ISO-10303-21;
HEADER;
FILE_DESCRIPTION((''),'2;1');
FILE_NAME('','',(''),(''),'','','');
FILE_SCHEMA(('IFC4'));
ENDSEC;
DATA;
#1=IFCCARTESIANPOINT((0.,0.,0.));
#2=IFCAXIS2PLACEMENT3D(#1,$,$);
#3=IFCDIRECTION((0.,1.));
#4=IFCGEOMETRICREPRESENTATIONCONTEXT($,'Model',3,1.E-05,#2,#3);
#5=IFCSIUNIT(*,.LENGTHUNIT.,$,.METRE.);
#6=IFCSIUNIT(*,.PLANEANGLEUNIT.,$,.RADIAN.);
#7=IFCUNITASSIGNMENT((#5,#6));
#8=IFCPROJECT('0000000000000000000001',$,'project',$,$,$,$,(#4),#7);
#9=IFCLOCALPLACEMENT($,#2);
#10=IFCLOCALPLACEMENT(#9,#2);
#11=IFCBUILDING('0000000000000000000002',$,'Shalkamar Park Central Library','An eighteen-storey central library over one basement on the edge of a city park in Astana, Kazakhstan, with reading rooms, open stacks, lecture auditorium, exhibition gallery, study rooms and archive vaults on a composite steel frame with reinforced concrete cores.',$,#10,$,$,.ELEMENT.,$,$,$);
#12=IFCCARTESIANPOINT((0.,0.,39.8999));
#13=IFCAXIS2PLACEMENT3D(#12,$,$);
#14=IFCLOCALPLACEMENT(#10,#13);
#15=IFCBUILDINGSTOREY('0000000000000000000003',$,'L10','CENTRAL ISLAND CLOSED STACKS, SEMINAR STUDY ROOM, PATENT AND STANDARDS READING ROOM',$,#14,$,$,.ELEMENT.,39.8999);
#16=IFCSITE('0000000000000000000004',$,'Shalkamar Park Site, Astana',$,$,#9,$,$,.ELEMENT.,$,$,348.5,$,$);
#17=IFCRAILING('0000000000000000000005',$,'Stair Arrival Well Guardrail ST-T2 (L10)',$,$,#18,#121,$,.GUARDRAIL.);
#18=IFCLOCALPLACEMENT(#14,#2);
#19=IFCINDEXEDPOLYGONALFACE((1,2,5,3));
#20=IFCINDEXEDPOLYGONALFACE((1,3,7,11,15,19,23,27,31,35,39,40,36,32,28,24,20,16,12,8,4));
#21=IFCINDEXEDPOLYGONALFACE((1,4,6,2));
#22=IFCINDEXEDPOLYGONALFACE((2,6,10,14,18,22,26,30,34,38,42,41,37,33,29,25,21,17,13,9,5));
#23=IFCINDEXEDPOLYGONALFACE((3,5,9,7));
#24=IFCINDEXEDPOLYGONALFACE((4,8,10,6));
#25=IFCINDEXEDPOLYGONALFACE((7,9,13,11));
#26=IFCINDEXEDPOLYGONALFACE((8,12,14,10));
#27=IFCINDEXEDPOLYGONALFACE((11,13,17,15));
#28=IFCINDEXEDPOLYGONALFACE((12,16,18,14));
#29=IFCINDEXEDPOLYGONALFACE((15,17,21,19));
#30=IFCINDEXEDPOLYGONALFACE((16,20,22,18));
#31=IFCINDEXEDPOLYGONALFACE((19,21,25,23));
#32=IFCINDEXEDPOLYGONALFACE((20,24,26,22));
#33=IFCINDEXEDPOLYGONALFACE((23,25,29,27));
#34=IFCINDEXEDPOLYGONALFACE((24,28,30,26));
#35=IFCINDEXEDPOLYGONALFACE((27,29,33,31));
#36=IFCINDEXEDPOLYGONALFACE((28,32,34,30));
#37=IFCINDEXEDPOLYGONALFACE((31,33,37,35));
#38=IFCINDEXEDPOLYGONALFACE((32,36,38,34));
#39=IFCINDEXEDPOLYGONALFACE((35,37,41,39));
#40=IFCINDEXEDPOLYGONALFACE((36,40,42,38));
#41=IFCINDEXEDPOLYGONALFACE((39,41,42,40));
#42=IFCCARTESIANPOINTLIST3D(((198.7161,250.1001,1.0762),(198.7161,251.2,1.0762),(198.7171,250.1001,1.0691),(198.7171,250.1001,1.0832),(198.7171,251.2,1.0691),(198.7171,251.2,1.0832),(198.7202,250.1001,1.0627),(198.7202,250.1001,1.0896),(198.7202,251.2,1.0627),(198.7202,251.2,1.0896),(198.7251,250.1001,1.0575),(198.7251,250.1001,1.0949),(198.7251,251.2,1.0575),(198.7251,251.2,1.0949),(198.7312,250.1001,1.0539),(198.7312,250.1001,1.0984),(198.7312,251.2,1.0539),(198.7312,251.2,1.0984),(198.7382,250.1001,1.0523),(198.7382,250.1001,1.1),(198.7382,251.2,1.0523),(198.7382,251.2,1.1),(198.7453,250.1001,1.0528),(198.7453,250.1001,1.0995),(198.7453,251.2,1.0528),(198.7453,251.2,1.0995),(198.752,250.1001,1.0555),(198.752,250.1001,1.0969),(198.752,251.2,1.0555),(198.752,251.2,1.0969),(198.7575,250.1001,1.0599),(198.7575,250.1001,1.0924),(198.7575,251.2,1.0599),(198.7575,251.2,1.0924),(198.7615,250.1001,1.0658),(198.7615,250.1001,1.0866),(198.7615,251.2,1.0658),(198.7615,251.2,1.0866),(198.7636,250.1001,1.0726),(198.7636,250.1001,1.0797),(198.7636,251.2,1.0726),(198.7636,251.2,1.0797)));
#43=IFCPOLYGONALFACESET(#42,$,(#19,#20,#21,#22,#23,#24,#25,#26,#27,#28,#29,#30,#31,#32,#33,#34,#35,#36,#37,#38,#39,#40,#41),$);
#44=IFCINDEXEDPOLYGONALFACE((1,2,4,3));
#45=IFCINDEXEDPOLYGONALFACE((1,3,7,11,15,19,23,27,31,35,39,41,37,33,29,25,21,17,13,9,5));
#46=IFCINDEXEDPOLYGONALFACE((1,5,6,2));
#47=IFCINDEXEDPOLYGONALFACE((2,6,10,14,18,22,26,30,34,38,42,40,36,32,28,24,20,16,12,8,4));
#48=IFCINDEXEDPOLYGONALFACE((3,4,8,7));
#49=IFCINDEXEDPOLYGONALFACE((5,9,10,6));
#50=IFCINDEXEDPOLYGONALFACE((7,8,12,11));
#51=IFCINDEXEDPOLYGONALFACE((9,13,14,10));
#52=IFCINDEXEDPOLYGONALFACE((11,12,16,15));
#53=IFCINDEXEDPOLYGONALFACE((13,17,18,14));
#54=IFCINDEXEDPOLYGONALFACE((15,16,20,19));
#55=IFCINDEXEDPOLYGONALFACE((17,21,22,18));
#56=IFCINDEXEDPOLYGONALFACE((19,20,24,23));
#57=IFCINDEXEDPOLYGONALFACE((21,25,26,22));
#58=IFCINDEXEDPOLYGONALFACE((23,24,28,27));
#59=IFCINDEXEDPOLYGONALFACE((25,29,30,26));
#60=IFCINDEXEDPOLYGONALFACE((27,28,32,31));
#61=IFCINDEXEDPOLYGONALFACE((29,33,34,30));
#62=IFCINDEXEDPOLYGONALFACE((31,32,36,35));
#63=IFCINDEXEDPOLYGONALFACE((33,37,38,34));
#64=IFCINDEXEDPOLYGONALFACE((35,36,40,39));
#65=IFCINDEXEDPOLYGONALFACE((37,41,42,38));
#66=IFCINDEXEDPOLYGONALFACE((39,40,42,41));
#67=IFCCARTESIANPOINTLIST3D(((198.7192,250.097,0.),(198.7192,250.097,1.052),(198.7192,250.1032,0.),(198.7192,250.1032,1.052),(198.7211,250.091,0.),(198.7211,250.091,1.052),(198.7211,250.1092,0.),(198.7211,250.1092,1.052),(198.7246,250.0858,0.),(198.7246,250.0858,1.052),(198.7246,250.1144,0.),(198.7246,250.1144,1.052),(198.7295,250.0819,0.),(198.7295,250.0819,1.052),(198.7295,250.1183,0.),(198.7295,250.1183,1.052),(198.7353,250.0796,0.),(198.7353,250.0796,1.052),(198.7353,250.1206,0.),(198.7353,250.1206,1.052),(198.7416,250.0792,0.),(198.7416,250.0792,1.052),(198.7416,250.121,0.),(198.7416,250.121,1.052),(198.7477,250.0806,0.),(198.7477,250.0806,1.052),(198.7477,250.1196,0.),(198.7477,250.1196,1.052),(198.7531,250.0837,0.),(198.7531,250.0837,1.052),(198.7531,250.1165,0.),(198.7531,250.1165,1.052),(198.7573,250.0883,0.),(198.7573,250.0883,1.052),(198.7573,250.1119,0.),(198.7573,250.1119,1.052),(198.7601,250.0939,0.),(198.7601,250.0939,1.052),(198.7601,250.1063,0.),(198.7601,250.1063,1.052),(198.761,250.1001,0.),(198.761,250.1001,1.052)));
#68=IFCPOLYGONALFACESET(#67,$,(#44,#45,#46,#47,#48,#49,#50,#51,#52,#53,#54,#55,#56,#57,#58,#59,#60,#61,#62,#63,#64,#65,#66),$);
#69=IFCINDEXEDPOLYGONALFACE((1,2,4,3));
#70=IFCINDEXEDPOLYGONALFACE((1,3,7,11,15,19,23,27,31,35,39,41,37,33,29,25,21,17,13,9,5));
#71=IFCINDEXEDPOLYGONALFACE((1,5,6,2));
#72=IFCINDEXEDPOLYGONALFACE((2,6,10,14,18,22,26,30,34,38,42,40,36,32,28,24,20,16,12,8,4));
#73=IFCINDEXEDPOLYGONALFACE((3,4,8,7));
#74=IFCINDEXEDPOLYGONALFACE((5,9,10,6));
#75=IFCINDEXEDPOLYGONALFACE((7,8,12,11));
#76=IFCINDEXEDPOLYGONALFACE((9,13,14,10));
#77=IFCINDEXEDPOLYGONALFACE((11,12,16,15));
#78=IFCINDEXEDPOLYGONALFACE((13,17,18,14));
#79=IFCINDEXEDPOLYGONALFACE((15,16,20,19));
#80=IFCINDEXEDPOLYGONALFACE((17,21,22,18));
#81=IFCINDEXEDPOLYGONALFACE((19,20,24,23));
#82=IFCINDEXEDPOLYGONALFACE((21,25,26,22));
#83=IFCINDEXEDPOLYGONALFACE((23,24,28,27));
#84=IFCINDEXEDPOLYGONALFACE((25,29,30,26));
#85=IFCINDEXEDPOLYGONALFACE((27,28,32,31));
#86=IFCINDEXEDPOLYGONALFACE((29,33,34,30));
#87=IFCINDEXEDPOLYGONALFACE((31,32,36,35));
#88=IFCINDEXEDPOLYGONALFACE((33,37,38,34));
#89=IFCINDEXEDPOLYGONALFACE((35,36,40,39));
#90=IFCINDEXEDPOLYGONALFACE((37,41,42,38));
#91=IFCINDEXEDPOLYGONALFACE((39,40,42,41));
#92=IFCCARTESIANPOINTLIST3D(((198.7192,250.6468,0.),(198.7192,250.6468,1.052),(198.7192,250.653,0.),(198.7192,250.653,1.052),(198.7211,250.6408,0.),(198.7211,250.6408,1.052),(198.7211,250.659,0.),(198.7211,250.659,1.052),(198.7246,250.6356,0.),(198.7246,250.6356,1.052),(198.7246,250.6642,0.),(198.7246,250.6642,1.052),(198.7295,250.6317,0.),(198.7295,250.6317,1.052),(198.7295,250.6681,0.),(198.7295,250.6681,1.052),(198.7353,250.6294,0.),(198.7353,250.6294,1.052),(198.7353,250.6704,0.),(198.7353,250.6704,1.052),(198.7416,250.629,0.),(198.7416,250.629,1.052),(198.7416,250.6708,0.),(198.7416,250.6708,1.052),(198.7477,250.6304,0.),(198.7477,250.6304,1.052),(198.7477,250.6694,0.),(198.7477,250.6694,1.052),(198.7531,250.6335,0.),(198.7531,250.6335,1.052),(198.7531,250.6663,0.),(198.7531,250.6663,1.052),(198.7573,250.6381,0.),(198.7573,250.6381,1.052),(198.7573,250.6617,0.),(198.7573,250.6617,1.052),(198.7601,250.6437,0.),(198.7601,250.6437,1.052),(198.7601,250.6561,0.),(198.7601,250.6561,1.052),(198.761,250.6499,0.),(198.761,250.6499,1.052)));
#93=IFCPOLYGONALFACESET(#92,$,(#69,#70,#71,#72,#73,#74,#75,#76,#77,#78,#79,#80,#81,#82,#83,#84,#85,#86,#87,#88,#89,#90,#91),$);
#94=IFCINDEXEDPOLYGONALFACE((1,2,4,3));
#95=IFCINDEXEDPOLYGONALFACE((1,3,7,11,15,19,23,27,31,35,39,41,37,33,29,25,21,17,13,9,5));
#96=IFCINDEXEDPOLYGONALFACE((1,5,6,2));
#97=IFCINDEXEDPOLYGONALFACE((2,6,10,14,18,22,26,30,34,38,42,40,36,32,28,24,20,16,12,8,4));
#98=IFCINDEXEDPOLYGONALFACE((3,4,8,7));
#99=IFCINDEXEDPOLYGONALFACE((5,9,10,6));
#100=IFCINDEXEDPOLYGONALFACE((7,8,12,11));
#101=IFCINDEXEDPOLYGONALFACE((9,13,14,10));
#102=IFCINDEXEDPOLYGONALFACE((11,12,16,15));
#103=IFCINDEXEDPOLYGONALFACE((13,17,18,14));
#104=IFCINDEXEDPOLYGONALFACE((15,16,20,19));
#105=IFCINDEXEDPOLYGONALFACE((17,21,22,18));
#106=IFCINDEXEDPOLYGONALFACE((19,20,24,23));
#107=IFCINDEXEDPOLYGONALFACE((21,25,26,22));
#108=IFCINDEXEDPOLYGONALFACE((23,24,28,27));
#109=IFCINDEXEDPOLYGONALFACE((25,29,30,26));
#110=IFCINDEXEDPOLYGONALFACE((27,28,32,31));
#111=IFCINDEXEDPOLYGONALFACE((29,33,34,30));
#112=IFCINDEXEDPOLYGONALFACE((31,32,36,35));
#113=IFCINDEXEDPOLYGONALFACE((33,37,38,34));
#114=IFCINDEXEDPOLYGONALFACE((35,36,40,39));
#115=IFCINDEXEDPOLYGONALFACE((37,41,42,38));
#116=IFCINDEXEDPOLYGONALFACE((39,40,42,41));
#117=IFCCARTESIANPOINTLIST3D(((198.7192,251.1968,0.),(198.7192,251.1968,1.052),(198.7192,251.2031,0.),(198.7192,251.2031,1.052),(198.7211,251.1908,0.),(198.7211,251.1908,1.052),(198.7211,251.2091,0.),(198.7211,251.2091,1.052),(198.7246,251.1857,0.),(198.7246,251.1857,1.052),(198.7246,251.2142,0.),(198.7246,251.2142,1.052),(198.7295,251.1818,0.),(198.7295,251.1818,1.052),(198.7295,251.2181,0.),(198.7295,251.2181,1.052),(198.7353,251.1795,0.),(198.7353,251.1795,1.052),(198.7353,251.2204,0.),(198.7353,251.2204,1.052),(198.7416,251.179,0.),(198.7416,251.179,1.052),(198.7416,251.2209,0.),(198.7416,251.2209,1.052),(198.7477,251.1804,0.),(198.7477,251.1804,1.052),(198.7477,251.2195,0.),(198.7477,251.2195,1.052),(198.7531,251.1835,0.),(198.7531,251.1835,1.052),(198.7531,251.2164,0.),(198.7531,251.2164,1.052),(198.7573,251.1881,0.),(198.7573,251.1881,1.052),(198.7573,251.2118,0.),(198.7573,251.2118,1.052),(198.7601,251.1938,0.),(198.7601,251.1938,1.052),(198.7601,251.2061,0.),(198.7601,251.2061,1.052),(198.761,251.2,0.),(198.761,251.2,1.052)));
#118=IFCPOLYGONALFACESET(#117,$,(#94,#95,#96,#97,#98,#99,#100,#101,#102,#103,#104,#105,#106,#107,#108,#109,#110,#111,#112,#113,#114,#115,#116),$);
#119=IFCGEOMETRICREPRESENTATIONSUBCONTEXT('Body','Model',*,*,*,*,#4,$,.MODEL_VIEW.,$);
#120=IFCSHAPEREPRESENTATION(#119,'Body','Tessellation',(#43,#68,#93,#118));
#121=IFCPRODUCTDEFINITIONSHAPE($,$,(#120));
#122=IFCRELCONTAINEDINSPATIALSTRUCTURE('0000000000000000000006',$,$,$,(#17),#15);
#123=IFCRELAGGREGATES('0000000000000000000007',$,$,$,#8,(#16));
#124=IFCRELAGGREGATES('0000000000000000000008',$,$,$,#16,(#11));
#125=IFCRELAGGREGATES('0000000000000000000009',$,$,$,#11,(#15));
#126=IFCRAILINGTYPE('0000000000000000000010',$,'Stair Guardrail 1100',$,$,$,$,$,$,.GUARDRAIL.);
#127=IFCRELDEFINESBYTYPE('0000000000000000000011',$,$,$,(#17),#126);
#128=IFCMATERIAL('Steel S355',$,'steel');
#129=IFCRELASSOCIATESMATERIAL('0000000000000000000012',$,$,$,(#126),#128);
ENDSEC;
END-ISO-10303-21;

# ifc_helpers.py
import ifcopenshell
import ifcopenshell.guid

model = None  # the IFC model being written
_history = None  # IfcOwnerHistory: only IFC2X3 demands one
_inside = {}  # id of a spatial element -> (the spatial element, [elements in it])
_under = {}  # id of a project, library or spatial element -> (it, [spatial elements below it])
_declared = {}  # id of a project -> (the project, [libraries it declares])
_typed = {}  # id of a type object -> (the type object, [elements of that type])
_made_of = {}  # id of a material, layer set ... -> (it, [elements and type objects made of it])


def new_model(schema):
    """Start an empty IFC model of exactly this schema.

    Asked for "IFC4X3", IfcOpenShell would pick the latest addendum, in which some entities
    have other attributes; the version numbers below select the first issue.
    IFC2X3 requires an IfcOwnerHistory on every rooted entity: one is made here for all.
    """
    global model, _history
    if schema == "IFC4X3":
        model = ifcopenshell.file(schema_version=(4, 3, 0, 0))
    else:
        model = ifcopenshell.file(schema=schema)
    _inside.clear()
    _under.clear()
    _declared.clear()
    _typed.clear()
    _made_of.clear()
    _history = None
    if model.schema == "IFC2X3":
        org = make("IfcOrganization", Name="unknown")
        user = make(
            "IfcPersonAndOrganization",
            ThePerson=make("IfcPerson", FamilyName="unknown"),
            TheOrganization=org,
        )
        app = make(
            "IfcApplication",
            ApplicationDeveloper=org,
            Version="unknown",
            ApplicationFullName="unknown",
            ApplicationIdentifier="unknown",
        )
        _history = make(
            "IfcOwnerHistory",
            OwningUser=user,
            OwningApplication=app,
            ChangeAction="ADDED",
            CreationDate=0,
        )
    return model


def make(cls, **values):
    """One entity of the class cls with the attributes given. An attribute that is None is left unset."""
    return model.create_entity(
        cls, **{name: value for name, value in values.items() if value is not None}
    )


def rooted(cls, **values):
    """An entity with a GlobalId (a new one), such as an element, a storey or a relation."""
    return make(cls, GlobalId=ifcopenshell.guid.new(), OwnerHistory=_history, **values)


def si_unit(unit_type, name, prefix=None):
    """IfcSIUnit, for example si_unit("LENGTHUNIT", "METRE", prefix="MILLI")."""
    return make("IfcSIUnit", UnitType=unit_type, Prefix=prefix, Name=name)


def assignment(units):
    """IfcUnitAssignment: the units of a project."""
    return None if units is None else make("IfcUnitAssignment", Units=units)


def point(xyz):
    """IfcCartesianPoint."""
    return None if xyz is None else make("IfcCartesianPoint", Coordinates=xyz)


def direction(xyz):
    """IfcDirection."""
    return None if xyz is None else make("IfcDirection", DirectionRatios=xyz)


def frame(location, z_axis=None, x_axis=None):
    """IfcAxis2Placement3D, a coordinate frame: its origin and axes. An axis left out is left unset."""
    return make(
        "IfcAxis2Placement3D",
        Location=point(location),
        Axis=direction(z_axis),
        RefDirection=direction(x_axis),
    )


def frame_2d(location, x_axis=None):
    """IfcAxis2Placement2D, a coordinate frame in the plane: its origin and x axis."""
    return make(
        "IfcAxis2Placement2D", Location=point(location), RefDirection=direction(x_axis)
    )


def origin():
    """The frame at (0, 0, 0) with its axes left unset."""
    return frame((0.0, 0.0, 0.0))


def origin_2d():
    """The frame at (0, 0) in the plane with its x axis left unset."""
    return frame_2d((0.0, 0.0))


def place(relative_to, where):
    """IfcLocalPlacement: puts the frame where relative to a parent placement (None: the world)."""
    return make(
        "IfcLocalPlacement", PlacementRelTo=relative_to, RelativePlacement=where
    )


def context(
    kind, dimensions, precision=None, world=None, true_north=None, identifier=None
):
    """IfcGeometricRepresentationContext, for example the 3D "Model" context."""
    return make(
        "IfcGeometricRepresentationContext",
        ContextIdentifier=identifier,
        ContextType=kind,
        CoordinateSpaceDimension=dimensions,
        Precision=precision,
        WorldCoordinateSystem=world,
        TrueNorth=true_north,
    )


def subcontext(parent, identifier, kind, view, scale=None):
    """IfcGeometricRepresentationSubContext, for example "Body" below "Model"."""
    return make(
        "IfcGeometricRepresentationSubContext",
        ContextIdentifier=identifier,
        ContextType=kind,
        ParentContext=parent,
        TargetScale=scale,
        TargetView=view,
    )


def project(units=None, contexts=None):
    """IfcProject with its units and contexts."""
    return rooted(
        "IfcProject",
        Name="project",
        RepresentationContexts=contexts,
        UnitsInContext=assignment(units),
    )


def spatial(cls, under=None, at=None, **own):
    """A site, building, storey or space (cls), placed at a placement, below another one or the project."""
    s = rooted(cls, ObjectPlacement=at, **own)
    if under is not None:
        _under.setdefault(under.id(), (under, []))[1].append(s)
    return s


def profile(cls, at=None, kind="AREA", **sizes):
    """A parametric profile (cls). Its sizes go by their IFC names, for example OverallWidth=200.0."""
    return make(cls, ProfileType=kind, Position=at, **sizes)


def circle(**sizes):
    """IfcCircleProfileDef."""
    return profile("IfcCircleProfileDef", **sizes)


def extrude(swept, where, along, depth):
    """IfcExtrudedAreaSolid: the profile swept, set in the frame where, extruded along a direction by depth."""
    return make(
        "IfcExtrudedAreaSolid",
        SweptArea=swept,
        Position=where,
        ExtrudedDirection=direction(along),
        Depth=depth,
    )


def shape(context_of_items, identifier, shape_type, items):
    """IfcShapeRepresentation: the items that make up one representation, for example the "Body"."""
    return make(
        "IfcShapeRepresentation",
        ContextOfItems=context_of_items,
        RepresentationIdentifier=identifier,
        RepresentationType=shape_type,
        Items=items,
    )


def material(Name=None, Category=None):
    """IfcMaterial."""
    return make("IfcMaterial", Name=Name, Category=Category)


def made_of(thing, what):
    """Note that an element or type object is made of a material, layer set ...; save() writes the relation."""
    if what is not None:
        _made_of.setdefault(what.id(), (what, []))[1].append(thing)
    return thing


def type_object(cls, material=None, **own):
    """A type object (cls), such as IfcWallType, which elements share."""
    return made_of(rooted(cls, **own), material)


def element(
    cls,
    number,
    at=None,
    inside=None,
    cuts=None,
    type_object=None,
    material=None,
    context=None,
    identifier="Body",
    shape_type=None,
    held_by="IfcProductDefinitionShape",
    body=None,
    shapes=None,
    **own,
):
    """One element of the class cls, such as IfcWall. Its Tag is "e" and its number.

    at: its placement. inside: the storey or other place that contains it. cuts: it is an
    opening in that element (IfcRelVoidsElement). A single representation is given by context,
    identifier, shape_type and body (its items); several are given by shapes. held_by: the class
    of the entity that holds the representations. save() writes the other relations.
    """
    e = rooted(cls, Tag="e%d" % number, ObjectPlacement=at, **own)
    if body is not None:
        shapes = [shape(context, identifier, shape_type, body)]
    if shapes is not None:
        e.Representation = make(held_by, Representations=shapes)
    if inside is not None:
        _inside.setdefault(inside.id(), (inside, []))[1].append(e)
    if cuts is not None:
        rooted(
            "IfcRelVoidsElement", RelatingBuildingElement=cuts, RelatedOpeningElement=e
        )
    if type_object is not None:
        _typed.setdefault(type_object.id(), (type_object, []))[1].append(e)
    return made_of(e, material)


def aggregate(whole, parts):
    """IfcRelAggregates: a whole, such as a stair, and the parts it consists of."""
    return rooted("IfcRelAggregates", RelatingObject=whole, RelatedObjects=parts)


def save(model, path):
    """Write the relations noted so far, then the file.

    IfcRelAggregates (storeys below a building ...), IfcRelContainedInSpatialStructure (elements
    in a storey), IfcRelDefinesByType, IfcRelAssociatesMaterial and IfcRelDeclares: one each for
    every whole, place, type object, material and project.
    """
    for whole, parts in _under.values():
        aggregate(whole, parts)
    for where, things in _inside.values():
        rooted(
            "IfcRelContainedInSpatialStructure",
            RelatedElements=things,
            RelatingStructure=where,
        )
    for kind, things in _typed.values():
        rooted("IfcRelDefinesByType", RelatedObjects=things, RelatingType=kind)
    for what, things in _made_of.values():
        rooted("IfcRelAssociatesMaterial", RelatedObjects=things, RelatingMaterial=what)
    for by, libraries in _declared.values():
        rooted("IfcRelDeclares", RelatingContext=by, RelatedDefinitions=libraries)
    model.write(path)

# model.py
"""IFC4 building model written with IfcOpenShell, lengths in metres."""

from ifc_helpers import new_model, si_unit, direction, frame, origin, origin_2d, place, context, subcontext, project, spatial, circle, extrude, material, type_object, element, save


model = new_model("IFC4")

# Units and contexts
model_context = context("Model", 3, precision=1e-05, world=origin(), true_north=direction((0.0, 1.0)))
body_context = subcontext(model_context, "Body", "Model", "MODEL_VIEW")
ifc_project = project(units=[si_unit("LENGTHUNIT", "METRE"), si_unit("PLANEANGLEUNIT", "RADIAN")], contexts=[model_context])

# Site, building, storey
site_placement = place(None, origin())
site = spatial("IfcSite", under=ifc_project, at=site_placement, Name="Shalkamar Park Site, Astana", CompositionType="ELEMENT", RefElevation=348.5)
building_placement = place(site_placement, origin())
building = spatial("IfcBuilding", under=site, at=building_placement, Name="Shalkamar Park Central Library", Description="An eighteen-storey central library over one basement on the edge of a city park in Astana, Kazakhstan, with reading rooms, open stacks, lecture auditorium, exhibition gallery, study rooms and archive vaults on a composite steel frame with reinforced concrete cores.", CompositionType="ELEMENT")
storey_placement = place(building_placement, frame((0.0, 0.0, 39.8999)))
storey = spatial("IfcBuildingStorey", under=building, at=storey_placement, Name="L10", Description="CENTRAL ISLAND CLOSED STACKS, SEMINAR STUDY ROOM, PATENT AND STANDARDS READING ROOM", CompositionType="ELEMENT", Elevation=39.8999)

# Shared definitions
ifc_material_1 = material(Name="Steel S355", Category="steel")

# Railing
railing_type_1 = type_object("IfcRailingType", Name="Stair Guardrail 1100", PredefinedType="GUARDRAIL", material=ifc_material_1)
railing_1_placement = place(storey_placement, frame((198.74, 250.1001, 0.0)))
element("IfcRailing", 1, at=railing_1_placement, inside=storey, type_object=railing_type_1, Name="Stair Arrival Well Guardrail ST-T2 (L10)", PredefinedType="GUARDRAIL", context=body_context, shape_type="SweptSolid", body=[
    extrude(circle(Radius=0.0239, at=origin_2d()), frame((0.0, 0.0, 1.0762), z_axis=(0.0, 1.0, 0.0), x_axis=(-1.0, 0.0, 0.0)), (0.0, 0.0, 1.0), 1.0999),
    extrude(circle(Radius=0.021, at=origin_2d()), origin(), (0.0, 0.0, 1.0), 1.052),
    extrude(circle(Radius=0.021, at=origin_2d()), frame((0.0, 0.5498, 0.0)), (0.0, 0.0, 1.0), 1.052),
    extrude(circle(Radius=0.021, at=origin_2d()), frame((0.0, 1.0999, 0.0)), (0.0, 0.0, 1.0), 1.052),
])

save(model, "model.ifc")
